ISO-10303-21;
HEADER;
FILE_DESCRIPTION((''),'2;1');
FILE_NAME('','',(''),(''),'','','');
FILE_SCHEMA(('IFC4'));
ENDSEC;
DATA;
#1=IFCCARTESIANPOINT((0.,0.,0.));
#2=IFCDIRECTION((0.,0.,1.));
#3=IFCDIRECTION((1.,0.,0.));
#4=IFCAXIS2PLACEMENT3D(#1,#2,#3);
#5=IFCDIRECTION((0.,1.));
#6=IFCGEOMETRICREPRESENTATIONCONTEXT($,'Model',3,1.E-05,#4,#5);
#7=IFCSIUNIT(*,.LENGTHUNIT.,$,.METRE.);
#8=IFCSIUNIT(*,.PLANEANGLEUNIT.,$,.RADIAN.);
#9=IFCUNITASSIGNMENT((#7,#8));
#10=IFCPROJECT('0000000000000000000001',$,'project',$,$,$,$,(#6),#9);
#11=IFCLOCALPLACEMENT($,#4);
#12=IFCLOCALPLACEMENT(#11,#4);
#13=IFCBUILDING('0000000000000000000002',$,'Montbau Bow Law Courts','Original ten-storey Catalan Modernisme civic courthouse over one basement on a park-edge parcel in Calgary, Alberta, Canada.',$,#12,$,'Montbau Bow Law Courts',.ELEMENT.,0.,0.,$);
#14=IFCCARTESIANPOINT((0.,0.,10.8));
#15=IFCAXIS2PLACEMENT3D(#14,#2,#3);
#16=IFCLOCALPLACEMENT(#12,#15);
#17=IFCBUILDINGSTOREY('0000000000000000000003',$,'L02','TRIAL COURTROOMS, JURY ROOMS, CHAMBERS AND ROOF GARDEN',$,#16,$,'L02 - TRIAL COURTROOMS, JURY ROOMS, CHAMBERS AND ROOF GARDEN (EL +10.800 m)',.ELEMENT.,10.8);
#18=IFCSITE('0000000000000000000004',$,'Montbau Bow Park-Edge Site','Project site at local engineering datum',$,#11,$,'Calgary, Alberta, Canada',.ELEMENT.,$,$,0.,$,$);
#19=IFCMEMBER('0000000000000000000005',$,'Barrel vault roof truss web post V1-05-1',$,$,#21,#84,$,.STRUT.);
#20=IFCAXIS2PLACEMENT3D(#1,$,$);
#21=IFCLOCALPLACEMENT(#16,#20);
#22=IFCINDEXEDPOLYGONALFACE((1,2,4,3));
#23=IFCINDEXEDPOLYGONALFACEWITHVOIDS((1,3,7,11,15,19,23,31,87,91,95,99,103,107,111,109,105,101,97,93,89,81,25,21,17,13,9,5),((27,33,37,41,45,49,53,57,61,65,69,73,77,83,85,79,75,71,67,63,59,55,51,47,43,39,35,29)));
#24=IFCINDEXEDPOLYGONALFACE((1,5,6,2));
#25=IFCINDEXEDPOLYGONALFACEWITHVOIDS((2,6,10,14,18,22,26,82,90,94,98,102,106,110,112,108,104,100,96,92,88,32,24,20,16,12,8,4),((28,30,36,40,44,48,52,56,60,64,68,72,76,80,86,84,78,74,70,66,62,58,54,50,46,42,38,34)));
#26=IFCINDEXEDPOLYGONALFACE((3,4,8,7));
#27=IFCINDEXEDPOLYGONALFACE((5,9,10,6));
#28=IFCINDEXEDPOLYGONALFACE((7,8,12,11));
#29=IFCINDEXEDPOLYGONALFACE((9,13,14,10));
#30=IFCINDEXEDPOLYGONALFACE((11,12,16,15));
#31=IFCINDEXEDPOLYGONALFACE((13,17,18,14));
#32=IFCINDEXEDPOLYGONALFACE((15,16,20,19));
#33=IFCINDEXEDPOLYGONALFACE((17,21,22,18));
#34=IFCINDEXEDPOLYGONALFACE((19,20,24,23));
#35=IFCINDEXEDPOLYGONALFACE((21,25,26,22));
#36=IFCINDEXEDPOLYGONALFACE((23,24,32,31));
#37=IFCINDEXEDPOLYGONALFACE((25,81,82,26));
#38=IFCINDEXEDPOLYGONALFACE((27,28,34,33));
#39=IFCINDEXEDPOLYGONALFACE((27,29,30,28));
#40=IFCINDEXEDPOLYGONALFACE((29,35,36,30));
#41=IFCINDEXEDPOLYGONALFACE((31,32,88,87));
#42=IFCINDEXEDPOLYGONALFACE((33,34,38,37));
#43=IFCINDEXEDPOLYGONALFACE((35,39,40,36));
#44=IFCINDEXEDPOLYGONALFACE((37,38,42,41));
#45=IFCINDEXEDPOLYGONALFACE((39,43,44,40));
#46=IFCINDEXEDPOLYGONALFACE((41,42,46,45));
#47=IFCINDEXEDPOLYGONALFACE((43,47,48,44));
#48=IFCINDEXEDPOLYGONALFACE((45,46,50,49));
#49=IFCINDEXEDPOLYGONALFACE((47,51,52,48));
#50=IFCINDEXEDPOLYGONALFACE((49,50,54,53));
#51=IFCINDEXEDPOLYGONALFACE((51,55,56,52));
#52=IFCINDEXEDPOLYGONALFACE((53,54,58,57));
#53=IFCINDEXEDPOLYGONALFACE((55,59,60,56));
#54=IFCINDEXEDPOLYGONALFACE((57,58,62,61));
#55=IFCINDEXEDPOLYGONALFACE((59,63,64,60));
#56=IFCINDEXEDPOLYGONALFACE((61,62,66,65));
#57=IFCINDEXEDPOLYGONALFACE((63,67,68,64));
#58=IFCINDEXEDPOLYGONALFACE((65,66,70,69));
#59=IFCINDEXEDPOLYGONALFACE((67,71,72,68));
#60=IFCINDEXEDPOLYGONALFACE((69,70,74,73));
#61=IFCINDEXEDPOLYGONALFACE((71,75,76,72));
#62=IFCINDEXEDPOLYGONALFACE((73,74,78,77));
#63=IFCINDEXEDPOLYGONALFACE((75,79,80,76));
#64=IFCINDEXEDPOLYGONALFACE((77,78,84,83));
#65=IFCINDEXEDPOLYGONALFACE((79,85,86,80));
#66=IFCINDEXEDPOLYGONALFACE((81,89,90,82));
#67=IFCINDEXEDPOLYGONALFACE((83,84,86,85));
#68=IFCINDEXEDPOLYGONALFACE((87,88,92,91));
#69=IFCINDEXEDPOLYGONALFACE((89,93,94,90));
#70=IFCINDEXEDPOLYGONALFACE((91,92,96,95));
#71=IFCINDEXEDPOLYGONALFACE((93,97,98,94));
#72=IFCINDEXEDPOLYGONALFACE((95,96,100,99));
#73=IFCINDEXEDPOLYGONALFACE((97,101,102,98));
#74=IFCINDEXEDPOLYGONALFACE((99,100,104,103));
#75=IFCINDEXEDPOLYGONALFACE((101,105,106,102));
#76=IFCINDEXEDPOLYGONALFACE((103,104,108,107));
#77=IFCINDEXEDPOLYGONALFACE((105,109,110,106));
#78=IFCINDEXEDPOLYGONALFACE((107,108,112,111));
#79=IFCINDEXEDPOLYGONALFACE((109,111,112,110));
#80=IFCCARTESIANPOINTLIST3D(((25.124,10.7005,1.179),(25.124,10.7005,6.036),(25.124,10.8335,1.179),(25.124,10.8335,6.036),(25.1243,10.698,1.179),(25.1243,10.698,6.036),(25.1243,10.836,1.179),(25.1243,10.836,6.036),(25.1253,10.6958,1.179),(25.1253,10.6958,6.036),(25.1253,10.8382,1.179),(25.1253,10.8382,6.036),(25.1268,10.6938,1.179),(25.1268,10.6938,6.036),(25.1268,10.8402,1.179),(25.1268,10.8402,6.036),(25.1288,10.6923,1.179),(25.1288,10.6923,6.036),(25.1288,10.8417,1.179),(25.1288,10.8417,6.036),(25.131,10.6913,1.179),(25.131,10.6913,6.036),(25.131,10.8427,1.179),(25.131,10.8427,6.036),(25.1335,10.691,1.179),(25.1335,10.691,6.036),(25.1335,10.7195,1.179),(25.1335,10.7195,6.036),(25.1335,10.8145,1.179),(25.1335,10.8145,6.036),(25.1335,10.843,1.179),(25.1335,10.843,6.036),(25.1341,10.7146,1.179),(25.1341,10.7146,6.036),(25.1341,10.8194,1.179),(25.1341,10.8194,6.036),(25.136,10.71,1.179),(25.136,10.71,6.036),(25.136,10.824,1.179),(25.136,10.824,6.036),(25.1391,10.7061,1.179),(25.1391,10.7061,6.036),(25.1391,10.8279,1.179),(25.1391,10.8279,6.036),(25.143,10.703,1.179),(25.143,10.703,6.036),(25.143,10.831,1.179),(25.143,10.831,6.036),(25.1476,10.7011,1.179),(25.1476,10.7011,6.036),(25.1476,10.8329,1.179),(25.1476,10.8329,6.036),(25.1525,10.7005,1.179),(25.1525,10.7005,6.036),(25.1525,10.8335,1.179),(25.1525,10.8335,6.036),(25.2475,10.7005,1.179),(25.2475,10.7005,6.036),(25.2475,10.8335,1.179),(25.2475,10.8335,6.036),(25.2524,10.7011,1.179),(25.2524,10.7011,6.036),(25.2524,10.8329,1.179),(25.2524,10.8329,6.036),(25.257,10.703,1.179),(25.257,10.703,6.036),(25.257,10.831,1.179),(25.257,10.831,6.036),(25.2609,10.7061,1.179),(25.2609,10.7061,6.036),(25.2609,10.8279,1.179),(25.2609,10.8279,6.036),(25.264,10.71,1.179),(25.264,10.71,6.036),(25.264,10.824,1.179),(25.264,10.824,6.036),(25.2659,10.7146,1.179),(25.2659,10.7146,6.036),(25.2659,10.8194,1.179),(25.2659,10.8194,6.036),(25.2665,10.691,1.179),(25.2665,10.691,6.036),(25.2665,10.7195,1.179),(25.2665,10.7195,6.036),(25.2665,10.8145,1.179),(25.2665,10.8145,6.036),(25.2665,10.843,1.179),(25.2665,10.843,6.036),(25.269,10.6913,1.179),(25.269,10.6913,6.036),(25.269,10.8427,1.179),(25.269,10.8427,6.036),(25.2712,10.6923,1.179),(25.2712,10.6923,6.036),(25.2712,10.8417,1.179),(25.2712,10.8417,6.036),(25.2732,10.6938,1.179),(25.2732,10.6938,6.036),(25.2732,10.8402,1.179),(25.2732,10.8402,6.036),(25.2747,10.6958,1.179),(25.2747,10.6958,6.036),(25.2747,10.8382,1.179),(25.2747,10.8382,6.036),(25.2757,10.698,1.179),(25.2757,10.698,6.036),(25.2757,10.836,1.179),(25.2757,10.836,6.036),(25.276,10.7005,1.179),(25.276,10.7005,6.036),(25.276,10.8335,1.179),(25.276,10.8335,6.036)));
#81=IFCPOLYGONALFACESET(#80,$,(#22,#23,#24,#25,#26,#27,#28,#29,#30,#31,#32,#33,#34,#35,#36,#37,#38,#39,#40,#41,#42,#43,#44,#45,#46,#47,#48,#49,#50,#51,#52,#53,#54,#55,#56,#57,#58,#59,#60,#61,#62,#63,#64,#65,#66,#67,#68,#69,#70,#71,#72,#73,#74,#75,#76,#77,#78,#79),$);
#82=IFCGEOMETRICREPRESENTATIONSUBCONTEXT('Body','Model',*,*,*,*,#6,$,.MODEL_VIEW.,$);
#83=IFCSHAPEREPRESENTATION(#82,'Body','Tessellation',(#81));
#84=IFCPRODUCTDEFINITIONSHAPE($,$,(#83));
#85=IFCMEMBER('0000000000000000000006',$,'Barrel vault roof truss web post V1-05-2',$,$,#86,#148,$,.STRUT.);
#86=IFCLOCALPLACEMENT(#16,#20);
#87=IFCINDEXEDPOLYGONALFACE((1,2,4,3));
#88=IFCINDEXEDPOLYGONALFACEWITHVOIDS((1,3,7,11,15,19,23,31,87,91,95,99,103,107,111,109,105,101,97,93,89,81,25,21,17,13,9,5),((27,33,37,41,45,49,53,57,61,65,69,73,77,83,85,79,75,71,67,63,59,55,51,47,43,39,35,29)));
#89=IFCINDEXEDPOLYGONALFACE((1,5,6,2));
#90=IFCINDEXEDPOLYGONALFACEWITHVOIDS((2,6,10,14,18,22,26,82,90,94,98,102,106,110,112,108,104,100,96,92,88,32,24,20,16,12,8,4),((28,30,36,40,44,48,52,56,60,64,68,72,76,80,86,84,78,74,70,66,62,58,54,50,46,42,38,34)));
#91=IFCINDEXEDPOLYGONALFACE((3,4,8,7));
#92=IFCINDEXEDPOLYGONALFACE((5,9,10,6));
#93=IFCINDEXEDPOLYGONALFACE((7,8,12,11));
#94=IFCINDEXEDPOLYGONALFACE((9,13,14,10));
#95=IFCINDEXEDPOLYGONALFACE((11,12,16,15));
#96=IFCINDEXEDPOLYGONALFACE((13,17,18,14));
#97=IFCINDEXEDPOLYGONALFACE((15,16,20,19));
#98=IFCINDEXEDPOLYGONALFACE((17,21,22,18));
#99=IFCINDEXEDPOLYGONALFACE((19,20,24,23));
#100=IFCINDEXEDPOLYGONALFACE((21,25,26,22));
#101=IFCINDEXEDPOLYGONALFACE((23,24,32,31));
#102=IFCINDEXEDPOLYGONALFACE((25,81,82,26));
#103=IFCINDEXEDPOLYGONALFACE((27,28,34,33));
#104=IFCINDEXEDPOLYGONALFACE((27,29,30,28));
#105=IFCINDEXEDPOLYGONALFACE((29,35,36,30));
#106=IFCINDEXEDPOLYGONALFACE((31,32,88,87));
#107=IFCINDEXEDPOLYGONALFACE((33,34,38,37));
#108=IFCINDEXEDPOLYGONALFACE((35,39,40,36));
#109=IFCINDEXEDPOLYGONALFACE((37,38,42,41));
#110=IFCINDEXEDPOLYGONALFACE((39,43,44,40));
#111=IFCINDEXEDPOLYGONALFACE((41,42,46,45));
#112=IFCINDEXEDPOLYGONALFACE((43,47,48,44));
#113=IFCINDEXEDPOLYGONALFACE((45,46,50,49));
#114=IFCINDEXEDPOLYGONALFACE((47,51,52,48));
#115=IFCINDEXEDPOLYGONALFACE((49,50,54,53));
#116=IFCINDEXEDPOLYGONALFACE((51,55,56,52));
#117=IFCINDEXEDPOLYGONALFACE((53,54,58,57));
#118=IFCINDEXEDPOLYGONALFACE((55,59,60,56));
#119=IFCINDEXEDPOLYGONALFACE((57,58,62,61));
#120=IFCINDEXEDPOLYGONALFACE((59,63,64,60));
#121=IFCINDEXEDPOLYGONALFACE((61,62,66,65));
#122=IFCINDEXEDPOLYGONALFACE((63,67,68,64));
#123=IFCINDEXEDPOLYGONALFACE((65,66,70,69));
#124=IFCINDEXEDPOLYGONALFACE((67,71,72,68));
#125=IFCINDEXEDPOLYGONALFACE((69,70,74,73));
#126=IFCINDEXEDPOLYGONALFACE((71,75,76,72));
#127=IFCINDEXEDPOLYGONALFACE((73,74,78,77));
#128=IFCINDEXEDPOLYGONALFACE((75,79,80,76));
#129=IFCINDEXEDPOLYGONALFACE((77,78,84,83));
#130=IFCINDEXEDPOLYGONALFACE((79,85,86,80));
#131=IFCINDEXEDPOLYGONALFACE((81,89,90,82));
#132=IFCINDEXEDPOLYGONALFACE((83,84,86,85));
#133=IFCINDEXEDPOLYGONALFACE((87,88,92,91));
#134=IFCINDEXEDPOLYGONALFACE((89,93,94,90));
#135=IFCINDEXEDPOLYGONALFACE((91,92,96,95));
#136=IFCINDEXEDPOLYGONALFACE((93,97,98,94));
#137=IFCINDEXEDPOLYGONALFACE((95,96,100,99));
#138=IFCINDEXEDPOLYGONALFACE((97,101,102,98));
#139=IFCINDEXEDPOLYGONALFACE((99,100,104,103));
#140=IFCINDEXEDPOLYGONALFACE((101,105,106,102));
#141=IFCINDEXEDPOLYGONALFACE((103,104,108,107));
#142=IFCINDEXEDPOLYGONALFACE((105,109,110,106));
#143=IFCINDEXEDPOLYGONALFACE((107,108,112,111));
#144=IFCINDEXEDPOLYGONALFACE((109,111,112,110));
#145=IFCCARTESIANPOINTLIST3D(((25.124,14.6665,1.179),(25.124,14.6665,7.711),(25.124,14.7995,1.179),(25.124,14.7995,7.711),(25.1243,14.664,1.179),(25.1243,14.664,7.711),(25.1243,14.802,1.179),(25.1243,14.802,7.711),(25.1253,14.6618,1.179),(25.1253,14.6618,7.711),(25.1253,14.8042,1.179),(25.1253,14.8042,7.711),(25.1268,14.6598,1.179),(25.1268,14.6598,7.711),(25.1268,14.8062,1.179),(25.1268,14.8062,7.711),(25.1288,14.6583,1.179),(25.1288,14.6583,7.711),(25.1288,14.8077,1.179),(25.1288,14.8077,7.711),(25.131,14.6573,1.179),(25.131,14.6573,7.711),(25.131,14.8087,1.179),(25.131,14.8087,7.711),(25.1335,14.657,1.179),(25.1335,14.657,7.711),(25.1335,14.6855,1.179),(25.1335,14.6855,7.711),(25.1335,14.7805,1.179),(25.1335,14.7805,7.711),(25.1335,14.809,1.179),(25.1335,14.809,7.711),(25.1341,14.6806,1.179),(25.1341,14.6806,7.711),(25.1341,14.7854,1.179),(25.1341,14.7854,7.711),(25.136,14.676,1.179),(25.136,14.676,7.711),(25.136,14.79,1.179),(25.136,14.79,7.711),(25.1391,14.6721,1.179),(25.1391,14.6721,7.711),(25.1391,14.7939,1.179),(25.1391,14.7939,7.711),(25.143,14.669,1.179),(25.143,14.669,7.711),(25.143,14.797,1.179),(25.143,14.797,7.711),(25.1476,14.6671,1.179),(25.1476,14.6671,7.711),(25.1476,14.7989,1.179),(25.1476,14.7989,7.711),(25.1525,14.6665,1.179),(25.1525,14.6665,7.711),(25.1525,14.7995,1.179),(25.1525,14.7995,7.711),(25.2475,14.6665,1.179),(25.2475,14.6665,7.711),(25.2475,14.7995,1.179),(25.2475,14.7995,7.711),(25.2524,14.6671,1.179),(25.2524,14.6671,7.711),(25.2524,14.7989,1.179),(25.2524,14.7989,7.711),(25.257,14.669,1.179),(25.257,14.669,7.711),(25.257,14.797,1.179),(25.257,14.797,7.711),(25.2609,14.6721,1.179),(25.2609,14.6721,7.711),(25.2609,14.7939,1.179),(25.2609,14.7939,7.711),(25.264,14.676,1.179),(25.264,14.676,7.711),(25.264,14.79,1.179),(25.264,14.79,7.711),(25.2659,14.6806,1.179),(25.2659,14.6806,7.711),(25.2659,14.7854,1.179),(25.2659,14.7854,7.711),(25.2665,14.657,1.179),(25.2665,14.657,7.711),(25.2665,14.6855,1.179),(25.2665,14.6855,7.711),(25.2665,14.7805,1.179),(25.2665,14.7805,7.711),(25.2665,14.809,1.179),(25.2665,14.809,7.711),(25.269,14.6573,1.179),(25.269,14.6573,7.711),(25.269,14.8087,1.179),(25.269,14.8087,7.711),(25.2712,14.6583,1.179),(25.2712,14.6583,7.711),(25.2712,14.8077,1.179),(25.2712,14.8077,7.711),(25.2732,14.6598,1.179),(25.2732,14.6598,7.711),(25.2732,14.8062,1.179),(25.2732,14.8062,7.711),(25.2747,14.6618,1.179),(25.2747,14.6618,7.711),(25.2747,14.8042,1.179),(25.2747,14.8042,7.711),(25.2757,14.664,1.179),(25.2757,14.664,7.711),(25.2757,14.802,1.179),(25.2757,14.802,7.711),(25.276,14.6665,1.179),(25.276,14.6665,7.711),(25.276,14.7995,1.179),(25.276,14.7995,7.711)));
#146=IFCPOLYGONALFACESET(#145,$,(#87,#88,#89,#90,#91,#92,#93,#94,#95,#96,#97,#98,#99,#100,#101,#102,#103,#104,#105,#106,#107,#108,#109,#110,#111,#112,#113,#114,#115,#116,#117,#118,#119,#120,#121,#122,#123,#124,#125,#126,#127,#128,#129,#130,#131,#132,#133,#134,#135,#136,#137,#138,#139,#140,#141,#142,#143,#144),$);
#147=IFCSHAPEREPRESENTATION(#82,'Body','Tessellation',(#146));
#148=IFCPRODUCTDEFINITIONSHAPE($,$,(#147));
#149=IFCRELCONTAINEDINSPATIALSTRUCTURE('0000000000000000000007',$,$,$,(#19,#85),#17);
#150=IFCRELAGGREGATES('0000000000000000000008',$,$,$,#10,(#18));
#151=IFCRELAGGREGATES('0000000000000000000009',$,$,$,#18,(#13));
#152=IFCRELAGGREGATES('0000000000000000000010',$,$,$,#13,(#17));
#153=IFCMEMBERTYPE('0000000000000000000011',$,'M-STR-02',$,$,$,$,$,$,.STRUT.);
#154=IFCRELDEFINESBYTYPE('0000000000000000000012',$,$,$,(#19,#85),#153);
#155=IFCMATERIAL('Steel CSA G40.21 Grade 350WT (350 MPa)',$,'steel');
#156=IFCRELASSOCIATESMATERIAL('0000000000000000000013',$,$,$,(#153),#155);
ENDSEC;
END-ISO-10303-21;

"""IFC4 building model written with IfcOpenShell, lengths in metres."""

from ifc_helpers import new_model, si_unit, direction, frame, origin_with_axes, origin_2d_with_axis, place, context, subcontext, project, spatial, hollow_rectangle, extrude, material, material_profile, profile_set, type_object, element, save


model = new_model("IFC4")

# Units and contexts
model_context = context("Model", 3, precision=1e-05, world=origin_with_axes(), true_north=direction((0.0, 1.0)))
body_context = subcontext(model_context, "Body", "Model", "MODEL_VIEW")
ifc_project = project(units=[si_unit("LENGTHUNIT", "METRE"), si_unit("PLANEANGLEUNIT", "RADIAN")], contexts=[model_context])

# Site, building, storey
site_placement = place(None, origin_with_axes())
site = spatial("IfcSite", under=ifc_project, at=site_placement, Name="Montbau Bow Park-Edge Site", Description="Project site at local engineering datum", LongName="Calgary, Alberta, Canada", CompositionType="ELEMENT", RefElevation=0.0)
building_placement = place(site_placement, origin_with_axes())
building = spatial("IfcBuilding", under=site, at=building_placement, Name="Montbau Bow Law Courts", Description="Original ten-storey Catalan Modernisme civic courthouse over one basement on a park-edge parcel in Calgary, Alberta, Canada.", LongName="Montbau Bow Law Courts", CompositionType="ELEMENT", ElevationOfRefHeight=0.0, ElevationOfTerrain=0.0)
storey_placement = place(building_placement, frame((0.0, 0.0, 10.8), z_axis=(0.0, 0.0, 1.0), x_axis=(1.0, 0.0, 0.0)))
storey = spatial("IfcBuildingStorey", under=building, at=storey_placement, Name="L02", Description="TRIAL COURTROOMS, JURY ROOMS, CHAMBERS AND ROOF GARDEN", LongName="L02 - TRIAL COURTROOMS, JURY ROOMS, CHAMBERS AND ROOF GARDEN (EL +10.800 m)", CompositionType="ELEMENT", Elevation=10.8)

# Shared definitions
ifc_material = material(Name="Steel CSA G40.21 Grade 350WT (350 MPa)", Category="steel")

# Members
ifc_material_profile_1 = material_profile(ifc_material, hollow_rectangle(XDim=0.152, YDim=0.152, WallThickness=0.0095, InnerFilletRadius=0.019, OuterFilletRadius=0.0095, at=origin_2d_with_axis()), Name="HSS152X152X9.5", Category="Main", Priority=0)
ifc_profile_set_1 = profile_set([ifc_material_profile_1], Name="Steel CSA G40.21 Grade 350WT (350 MPa)")
member_type_1 = type_object("IfcMemberType", Name="M-STR-02", PredefinedType="STRUT", material=ifc_profile_set_1)
member_1_placement = place(None, frame((25.2, 10.767, 11.979), z_axis=(0.0, 0.0, 1.0), x_axis=(1.0, 0.0, 0.0)))
element("IfcMember", 1, at=member_1_placement, inside=storey, type_object=member_type_1, Name="Barrel vault roof truss web post V1-05-1", PredefinedType="STRUT", context=body_context, shape_type="SweptSolid", body=[
    extrude(hollow_rectangle(XDim=0.152, YDim=0.152, WallThickness=0.0095, InnerFilletRadius=0.019, OuterFilletRadius=0.0095, at=origin_2d_with_axis()), origin_with_axes(), (0.0, 0.0, 1.0), 4.857),
])
member_2_placement = place(None, frame((25.2, 14.733, 11.979), z_axis=(0.0, 0.0, 1.0), x_axis=(1.0, 0.0, 0.0)))
element("IfcMember", 2, at=member_2_placement, inside=storey, type_object=member_type_1, Name="Barrel vault roof truss web post V1-05-2", PredefinedType="STRUT", context=body_context, shape_type="SweptSolid", body=[
    extrude(hollow_rectangle(XDim=0.152, YDim=0.152, WallThickness=0.0095, InnerFilletRadius=0.019, OuterFilletRadius=0.0095, at=origin_2d_with_axis()), origin_with_axes(), (0.0, 0.0, 1.0), 6.532),
])

save(model, "model.ifc")
